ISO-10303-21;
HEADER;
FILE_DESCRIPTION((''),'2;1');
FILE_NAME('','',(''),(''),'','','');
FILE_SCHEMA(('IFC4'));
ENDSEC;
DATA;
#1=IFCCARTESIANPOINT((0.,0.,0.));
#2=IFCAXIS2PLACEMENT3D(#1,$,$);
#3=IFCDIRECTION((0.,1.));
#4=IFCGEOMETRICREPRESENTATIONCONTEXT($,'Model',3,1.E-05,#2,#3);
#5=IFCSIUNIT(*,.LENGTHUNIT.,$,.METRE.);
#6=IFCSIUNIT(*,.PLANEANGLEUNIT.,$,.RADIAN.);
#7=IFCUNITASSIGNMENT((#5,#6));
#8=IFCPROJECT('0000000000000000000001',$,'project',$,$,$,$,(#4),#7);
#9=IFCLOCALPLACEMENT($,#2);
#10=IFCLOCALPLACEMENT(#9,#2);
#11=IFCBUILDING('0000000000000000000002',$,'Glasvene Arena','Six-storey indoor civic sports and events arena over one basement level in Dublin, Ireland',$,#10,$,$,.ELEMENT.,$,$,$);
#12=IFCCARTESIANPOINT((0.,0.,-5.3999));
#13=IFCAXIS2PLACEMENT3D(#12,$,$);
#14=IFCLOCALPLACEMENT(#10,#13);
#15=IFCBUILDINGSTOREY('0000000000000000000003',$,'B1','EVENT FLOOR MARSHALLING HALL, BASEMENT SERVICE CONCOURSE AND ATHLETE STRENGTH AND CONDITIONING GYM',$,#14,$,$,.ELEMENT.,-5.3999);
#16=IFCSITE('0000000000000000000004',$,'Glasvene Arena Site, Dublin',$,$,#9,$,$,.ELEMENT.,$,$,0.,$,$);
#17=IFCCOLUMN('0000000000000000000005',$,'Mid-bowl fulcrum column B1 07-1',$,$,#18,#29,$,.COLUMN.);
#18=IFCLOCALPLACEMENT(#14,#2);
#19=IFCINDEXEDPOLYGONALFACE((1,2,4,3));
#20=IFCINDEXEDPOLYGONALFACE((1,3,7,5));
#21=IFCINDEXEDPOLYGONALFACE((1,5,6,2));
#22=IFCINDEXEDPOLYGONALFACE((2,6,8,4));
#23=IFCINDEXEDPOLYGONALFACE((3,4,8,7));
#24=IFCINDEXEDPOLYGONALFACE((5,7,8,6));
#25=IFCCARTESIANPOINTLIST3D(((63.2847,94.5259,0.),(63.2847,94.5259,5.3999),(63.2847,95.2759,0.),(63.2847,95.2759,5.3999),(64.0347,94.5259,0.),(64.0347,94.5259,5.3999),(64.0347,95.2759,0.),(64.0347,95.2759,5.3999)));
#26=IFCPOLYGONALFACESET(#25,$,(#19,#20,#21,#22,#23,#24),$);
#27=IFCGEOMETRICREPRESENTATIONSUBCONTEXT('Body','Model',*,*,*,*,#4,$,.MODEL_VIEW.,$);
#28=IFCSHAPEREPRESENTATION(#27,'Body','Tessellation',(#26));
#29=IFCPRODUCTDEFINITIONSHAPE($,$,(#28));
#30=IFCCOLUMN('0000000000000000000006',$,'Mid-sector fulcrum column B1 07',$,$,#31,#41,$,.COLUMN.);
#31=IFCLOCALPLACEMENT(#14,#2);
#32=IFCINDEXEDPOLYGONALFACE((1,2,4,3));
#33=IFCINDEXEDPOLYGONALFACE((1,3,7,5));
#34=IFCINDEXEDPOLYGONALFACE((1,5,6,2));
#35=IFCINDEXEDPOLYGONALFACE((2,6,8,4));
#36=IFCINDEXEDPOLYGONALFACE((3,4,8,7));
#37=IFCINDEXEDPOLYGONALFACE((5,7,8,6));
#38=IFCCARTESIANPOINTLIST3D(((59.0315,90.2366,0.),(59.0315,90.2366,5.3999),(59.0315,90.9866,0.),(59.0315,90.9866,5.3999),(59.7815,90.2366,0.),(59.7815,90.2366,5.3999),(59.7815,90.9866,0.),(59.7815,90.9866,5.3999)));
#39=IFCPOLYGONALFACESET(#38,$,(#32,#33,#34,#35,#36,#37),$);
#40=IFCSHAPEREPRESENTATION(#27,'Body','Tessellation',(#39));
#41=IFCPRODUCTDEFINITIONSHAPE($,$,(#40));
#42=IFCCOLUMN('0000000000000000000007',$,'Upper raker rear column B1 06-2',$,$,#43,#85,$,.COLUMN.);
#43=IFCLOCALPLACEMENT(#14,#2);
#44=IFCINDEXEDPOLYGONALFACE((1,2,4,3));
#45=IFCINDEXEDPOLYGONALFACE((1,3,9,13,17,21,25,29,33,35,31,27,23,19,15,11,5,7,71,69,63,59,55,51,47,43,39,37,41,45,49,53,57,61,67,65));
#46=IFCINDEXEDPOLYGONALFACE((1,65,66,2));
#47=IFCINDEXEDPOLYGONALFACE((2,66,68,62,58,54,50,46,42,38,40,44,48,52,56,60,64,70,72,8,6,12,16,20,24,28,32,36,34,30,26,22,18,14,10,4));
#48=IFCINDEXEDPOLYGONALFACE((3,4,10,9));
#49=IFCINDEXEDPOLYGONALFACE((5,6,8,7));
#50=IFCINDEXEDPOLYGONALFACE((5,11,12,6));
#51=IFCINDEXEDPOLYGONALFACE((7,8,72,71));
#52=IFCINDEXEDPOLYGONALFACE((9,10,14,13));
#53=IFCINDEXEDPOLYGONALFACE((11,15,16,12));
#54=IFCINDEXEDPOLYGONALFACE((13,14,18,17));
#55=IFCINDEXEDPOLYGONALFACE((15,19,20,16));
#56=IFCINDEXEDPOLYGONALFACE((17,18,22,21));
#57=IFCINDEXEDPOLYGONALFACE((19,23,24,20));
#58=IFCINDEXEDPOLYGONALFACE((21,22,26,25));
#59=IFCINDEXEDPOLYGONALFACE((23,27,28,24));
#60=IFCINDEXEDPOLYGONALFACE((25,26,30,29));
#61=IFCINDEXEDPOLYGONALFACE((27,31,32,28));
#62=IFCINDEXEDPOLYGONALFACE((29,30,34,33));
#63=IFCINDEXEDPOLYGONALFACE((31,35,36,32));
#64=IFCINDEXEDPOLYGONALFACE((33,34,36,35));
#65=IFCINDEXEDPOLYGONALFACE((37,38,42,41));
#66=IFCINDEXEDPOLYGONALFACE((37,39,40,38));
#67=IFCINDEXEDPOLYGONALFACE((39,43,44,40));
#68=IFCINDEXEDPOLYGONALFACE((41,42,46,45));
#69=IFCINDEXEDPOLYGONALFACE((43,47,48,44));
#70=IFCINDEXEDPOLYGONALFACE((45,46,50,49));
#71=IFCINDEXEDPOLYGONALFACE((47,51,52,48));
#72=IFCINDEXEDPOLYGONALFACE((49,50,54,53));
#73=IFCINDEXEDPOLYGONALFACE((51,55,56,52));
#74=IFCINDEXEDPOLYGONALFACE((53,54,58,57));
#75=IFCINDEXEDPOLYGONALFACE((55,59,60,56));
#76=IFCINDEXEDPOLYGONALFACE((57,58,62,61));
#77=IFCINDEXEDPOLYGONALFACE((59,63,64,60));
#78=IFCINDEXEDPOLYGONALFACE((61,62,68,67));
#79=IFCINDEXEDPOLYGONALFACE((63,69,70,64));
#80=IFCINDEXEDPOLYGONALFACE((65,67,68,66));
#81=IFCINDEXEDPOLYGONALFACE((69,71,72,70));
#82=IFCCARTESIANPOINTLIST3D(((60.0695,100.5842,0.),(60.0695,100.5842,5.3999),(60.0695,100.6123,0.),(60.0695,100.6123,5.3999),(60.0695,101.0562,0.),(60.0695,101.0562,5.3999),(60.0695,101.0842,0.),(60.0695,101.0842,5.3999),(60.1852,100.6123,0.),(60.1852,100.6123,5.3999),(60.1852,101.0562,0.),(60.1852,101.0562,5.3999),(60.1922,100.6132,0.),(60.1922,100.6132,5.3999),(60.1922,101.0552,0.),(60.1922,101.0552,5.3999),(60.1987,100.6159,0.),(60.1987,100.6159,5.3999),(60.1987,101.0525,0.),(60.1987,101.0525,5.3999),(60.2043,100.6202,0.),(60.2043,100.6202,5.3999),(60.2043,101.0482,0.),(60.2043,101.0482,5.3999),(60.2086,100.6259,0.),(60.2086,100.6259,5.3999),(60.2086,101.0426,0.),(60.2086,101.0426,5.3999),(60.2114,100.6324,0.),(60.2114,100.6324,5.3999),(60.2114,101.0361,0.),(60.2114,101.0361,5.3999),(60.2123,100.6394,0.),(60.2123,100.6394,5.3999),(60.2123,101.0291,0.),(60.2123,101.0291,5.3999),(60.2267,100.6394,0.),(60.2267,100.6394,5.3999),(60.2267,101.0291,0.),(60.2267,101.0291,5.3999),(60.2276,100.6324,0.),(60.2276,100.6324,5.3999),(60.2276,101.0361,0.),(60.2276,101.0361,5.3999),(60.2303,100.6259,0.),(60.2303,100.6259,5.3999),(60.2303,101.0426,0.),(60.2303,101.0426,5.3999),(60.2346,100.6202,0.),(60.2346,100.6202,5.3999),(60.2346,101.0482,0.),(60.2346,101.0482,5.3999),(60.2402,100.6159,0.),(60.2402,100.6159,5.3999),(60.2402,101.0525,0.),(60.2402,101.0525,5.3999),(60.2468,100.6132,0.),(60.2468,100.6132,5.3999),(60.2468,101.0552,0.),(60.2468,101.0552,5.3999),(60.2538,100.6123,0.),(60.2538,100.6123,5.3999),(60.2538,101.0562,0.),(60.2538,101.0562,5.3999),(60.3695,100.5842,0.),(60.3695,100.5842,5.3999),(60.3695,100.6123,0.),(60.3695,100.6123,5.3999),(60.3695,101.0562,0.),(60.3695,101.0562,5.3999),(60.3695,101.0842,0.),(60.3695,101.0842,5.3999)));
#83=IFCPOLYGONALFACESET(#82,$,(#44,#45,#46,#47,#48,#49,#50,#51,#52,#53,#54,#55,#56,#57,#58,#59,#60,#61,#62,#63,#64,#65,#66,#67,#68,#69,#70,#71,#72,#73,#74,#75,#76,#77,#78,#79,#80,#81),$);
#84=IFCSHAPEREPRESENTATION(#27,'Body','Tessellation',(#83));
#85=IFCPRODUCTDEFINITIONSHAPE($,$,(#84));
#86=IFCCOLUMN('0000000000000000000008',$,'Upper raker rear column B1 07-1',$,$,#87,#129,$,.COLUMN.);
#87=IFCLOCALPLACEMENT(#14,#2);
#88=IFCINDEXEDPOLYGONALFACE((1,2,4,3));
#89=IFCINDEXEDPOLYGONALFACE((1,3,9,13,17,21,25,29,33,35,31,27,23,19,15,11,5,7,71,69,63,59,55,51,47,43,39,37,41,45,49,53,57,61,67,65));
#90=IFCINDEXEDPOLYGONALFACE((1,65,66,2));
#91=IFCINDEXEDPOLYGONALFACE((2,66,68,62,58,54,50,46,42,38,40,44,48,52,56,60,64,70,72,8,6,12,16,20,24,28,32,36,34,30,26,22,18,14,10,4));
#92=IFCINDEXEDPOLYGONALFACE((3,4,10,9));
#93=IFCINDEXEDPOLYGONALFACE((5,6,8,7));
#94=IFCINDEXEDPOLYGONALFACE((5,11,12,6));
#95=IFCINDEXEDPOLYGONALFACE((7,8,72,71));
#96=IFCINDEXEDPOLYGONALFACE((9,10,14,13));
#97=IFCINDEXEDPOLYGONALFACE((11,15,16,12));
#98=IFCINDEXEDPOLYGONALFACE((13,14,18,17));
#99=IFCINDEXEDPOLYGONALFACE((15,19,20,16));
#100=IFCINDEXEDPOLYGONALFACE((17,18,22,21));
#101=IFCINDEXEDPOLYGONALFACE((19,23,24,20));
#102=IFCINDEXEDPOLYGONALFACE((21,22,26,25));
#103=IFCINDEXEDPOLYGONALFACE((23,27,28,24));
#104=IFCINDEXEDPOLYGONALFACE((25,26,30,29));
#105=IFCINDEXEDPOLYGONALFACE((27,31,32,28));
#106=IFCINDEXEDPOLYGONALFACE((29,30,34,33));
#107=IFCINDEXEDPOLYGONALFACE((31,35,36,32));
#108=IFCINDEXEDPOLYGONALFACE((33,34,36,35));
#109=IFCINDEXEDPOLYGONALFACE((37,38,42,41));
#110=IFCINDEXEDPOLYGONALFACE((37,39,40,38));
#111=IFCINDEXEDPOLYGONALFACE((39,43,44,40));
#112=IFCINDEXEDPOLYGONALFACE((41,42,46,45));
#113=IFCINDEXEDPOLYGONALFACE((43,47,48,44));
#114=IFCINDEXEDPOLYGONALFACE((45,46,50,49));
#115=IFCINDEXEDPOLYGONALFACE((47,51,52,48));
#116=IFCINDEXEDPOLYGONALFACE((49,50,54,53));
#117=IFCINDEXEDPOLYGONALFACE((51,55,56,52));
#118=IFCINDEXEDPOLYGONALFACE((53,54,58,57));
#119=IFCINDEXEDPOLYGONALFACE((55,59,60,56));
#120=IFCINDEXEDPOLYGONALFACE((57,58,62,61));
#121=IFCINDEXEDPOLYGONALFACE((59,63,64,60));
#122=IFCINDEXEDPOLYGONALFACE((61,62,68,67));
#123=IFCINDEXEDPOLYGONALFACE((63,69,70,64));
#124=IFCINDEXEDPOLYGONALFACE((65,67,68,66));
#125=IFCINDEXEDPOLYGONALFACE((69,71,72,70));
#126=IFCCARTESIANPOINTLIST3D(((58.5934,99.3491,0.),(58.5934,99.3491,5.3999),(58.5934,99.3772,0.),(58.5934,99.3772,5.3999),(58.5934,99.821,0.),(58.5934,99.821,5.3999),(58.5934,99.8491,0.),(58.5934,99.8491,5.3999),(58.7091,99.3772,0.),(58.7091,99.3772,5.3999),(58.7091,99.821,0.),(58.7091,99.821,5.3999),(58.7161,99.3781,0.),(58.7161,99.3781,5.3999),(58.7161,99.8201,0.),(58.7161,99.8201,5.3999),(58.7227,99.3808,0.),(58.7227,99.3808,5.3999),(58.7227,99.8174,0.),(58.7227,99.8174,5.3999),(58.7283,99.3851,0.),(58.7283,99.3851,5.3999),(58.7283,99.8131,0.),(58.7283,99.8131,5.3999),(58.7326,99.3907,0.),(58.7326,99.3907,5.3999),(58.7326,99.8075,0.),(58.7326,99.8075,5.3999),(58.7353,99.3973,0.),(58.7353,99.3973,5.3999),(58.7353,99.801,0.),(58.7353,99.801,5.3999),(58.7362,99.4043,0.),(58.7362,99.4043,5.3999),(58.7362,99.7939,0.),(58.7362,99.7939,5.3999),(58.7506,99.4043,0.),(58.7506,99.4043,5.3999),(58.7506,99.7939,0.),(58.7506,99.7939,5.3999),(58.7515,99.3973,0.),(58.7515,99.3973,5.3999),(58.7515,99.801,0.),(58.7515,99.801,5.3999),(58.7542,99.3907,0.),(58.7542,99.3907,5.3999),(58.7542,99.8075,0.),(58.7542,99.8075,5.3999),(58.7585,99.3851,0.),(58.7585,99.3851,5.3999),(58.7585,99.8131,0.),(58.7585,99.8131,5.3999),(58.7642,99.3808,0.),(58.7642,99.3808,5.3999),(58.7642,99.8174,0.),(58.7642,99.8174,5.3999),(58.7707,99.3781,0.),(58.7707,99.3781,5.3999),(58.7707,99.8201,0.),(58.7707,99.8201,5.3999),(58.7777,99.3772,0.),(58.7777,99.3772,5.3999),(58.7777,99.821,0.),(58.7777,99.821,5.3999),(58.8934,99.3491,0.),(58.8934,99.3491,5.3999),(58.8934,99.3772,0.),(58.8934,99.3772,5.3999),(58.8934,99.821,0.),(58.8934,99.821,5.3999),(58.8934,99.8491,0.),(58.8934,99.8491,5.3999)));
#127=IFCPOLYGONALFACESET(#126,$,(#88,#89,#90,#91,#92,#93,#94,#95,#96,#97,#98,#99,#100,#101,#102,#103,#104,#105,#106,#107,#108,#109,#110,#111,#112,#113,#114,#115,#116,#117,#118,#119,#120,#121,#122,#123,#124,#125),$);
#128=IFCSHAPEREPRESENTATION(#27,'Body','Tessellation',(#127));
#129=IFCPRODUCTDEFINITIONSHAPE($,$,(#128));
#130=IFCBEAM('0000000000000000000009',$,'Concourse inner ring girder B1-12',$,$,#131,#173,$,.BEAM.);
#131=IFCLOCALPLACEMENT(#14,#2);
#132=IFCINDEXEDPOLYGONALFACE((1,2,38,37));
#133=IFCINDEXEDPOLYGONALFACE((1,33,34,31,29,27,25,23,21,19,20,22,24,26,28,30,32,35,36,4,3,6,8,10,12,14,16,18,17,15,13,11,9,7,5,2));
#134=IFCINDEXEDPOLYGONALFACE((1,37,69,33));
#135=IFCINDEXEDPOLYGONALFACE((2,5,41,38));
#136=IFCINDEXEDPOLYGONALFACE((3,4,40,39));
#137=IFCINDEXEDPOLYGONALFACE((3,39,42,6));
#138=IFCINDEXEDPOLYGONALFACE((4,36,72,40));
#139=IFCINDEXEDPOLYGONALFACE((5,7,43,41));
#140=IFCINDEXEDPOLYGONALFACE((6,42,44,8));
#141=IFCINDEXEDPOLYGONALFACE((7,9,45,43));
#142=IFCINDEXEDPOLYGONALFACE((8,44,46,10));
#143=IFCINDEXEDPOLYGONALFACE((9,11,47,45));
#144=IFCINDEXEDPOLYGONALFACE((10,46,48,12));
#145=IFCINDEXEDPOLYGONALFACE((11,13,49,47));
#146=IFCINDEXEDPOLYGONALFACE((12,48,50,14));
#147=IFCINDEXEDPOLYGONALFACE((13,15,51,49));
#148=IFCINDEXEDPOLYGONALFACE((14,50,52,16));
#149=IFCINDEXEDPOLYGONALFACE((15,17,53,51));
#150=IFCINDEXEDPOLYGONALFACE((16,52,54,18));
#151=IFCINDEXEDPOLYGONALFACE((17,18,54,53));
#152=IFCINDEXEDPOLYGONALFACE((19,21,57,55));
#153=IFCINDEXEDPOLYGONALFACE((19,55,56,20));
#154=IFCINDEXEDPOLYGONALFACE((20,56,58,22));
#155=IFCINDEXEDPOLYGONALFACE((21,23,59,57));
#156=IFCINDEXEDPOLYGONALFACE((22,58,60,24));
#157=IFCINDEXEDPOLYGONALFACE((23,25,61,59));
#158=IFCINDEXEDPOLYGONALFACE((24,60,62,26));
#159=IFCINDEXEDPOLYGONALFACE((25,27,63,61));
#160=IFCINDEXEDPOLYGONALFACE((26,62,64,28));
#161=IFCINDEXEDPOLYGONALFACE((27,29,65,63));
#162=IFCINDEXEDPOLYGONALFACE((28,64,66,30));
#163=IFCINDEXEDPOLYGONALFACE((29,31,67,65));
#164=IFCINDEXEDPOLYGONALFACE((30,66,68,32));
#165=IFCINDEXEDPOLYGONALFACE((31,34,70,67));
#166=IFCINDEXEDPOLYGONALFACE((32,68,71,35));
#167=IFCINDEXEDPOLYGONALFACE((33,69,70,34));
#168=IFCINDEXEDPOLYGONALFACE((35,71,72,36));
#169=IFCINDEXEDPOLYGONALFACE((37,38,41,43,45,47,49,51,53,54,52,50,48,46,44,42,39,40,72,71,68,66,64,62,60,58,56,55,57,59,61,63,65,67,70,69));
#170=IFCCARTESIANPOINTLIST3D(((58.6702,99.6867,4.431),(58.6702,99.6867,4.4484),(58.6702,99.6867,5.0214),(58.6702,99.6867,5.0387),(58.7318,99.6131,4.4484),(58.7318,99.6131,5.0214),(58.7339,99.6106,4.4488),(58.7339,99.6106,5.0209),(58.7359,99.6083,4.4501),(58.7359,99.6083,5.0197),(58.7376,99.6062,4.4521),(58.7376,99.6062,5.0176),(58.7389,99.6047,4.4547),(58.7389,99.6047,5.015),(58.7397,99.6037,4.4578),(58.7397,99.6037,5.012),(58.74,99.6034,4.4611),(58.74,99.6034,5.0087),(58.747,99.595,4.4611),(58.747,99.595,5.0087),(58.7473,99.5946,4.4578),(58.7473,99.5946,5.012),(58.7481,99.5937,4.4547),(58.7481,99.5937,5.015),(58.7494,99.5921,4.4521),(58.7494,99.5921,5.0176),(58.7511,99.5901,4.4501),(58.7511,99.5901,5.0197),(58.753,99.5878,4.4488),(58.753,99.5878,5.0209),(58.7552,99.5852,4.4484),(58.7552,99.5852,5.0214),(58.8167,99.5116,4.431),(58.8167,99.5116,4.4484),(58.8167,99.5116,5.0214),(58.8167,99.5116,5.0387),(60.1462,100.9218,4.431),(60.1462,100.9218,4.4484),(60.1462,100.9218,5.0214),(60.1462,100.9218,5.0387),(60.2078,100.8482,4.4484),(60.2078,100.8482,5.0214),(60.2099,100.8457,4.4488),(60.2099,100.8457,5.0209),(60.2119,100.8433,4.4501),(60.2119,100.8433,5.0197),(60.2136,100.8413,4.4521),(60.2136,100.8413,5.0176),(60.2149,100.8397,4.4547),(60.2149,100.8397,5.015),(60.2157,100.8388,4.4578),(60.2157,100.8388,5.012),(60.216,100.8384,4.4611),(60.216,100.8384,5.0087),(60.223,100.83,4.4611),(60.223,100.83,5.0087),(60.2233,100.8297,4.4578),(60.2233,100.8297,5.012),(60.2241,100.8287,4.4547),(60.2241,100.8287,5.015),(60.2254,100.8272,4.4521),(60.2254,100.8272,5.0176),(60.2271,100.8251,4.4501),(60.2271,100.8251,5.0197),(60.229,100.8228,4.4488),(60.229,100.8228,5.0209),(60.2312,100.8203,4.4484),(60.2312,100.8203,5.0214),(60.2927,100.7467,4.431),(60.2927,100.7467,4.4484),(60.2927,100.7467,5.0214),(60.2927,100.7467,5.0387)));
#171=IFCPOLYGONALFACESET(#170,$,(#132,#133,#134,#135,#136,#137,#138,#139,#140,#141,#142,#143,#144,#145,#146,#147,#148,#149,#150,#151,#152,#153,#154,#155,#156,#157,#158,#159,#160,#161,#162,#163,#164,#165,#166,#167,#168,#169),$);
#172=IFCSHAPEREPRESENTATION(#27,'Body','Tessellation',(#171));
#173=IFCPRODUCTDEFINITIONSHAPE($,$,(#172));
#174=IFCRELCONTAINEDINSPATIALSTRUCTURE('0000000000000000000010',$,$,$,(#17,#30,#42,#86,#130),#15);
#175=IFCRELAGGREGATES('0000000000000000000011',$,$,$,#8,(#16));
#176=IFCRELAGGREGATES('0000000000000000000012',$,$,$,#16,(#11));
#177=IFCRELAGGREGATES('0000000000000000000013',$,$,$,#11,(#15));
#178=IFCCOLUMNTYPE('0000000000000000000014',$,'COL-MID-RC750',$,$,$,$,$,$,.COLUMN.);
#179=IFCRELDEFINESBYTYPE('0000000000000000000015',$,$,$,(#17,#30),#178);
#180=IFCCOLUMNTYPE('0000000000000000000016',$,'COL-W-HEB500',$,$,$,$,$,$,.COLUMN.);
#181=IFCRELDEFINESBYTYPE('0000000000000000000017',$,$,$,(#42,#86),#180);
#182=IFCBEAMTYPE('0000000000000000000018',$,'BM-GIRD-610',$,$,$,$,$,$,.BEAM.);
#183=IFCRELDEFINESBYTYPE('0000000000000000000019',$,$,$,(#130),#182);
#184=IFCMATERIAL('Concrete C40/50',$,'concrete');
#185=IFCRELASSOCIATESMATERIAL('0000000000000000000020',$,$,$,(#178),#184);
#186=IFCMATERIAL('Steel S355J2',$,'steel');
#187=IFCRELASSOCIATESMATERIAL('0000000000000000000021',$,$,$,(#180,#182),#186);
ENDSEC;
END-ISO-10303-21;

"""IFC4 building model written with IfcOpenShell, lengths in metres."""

from ifc_helpers import new_model, si_unit, direction, frame, origin, origin_2d, place, context, subcontext, project, spatial, rectangle, i_section, extrude, material, material_profile, profile_set, type_object, element, save


model = new_model("IFC4")

# Units and contexts
model_context = context("Model", 3, precision=1e-05, world=origin(), true_north=direction((0.0, 1.0)))
body_context = subcontext(model_context, "Body", "Model", "MODEL_VIEW")
ifc_project = project(units=[si_unit("LENGTHUNIT", "METRE"), si_unit("PLANEANGLEUNIT", "RADIAN")], contexts=[model_context])

# Site, building, storey
site_placement = place(None, origin())
site = spatial("IfcSite", under=ifc_project, at=site_placement, Name="Glasvene Arena Site, Dublin", CompositionType="ELEMENT", RefElevation=0.0)
building_placement = place(site_placement, origin())
building = spatial("IfcBuilding", under=site, at=building_placement, Name="Glasvene Arena", Description="Six-storey indoor civic sports and events arena over one basement level in Dublin, Ireland", CompositionType="ELEMENT")
storey_placement = place(building_placement, frame((0.0, 0.0, -5.3999)))
storey = spatial("IfcBuildingStorey", under=building, at=storey_placement, Name="B1", Description="EVENT FLOOR MARSHALLING HALL, BASEMENT SERVICE CONCOURSE AND ATHLETE STRENGTH AND CONDITIONING GYM", CompositionType="ELEMENT", Elevation=-5.3999)

# Shared definitions
ifc_material_1 = material(Name="Concrete C40/50", Category="concrete")

# Columns
ifc_material_profile_1 = material_profile(ifc_material_1, rectangle(XDim=0.75, YDim=0.75, at=origin_2d()), Name="RC 750x750")
ifc_profile_set_1 = profile_set([ifc_material_profile_1], Name="Concrete C40/50")
column_type_1 = type_object("IfcColumnType", Name="COL-MID-RC750", PredefinedType="COLUMN", material=ifc_profile_set_1)
for number, where, z_axis, x_axis, name in (
    (1, (63.6597, 94.9009, 0.0), (0.0, 0.0, 1.0), (1.0, 0.0, 0.0), "Mid-bowl fulcrum column B1 07-1"),
    (2, (59.4065, 90.6116, 0.0), (0.0, 0.0, 1.0), (1.0, 0.0, 0.0), "Mid-sector fulcrum column B1 07"),
):
    element("IfcColumn", number, at=place(storey_placement, frame(where, z_axis=z_axis, x_axis=x_axis)), inside=storey, type_object=column_type_1, Name=name, PredefinedType="COLUMN", context=body_context, shape_type="SweptSolid", body=[
        extrude(rectangle(XDim=0.75, YDim=0.75, at=origin_2d()), origin(), (0.0, 0.0, 1.0), 5.3999),
    ])
ifc_material_2 = material(Name="Steel S355J2", Category="steel")
ifc_material_profile_2 = material_profile(ifc_material_2, i_section(OverallWidth=0.3, OverallDepth=0.5, WebThickness=0.0144, FlangeThickness=0.0281, FilletRadius=0.0271, at=origin_2d()), Name="HEB 500")
ifc_profile_set_2 = profile_set([ifc_material_profile_2], Name="Steel S355J2")
column_type_2 = type_object("IfcColumnType", Name="COL-W-HEB500", PredefinedType="COLUMN", material=ifc_profile_set_2)
for number, where, z_axis, x_axis, name in (
    (3, (60.2195, 100.8342, 0.0), (0.0, 0.0, 1.0), (1.0, 0.0, 0.0), "Upper raker rear column B1 06-2"),
    (4, (58.7434, 99.5991, 0.0), (0.0, 0.0, 1.0), (1.0, 0.0, 0.0), "Upper raker rear column B1 07-1"),
):
    element("IfcColumn", number, at=place(storey_placement, frame(where, z_axis=z_axis, x_axis=x_axis)), inside=storey, type_object=column_type_2, Name=name, PredefinedType="COLUMN", context=body_context, shape_type="SweptSolid", body=[
        extrude(i_section(OverallWidth=0.3, OverallDepth=0.5, WebThickness=0.0144, FlangeThickness=0.0281, FilletRadius=0.0271, at=origin_2d()), origin(), (0.0, 0.0, 1.0), 5.3999),
    ])

# Beam
ifc_material_profile_3 = material_profile(ifc_material_2, i_section(OverallWidth=0.2283, OverallDepth=0.6077, WebThickness=0.011, FlangeThickness=0.0173, FilletRadius=0.0127, at=origin_2d()), Name="UKB 610x229x113")
ifc_profile_set_3 = profile_set([ifc_material_profile_3], Name="Steel S355J2")
beam_type_1 = type_object("IfcBeamType", Name="BM-GIRD-610", PredefinedType="BEAM", material=ifc_profile_set_3)
beam_1_placement = place(storey_placement, frame((60.2195, 100.8342, 4.7349), z_axis=(-0.76693, -0.64173, 0.0), x_axis=(0.64173, -0.76693, 0.0)))
element("IfcBeam", 5, at=beam_1_placement, inside=storey, type_object=beam_type_1, Name="Concourse inner ring girder B1-12", PredefinedType="BEAM", context=body_context, shape_type="SweptSolid", body=[
    extrude(i_section(OverallWidth=0.2283, OverallDepth=0.6077, WebThickness=0.011, FlangeThickness=0.0173, FilletRadius=0.0127, at=origin_2d()), origin(), (0.0, 0.0, 1.0), 1.9246),
])

save(model, "model.ifc")
